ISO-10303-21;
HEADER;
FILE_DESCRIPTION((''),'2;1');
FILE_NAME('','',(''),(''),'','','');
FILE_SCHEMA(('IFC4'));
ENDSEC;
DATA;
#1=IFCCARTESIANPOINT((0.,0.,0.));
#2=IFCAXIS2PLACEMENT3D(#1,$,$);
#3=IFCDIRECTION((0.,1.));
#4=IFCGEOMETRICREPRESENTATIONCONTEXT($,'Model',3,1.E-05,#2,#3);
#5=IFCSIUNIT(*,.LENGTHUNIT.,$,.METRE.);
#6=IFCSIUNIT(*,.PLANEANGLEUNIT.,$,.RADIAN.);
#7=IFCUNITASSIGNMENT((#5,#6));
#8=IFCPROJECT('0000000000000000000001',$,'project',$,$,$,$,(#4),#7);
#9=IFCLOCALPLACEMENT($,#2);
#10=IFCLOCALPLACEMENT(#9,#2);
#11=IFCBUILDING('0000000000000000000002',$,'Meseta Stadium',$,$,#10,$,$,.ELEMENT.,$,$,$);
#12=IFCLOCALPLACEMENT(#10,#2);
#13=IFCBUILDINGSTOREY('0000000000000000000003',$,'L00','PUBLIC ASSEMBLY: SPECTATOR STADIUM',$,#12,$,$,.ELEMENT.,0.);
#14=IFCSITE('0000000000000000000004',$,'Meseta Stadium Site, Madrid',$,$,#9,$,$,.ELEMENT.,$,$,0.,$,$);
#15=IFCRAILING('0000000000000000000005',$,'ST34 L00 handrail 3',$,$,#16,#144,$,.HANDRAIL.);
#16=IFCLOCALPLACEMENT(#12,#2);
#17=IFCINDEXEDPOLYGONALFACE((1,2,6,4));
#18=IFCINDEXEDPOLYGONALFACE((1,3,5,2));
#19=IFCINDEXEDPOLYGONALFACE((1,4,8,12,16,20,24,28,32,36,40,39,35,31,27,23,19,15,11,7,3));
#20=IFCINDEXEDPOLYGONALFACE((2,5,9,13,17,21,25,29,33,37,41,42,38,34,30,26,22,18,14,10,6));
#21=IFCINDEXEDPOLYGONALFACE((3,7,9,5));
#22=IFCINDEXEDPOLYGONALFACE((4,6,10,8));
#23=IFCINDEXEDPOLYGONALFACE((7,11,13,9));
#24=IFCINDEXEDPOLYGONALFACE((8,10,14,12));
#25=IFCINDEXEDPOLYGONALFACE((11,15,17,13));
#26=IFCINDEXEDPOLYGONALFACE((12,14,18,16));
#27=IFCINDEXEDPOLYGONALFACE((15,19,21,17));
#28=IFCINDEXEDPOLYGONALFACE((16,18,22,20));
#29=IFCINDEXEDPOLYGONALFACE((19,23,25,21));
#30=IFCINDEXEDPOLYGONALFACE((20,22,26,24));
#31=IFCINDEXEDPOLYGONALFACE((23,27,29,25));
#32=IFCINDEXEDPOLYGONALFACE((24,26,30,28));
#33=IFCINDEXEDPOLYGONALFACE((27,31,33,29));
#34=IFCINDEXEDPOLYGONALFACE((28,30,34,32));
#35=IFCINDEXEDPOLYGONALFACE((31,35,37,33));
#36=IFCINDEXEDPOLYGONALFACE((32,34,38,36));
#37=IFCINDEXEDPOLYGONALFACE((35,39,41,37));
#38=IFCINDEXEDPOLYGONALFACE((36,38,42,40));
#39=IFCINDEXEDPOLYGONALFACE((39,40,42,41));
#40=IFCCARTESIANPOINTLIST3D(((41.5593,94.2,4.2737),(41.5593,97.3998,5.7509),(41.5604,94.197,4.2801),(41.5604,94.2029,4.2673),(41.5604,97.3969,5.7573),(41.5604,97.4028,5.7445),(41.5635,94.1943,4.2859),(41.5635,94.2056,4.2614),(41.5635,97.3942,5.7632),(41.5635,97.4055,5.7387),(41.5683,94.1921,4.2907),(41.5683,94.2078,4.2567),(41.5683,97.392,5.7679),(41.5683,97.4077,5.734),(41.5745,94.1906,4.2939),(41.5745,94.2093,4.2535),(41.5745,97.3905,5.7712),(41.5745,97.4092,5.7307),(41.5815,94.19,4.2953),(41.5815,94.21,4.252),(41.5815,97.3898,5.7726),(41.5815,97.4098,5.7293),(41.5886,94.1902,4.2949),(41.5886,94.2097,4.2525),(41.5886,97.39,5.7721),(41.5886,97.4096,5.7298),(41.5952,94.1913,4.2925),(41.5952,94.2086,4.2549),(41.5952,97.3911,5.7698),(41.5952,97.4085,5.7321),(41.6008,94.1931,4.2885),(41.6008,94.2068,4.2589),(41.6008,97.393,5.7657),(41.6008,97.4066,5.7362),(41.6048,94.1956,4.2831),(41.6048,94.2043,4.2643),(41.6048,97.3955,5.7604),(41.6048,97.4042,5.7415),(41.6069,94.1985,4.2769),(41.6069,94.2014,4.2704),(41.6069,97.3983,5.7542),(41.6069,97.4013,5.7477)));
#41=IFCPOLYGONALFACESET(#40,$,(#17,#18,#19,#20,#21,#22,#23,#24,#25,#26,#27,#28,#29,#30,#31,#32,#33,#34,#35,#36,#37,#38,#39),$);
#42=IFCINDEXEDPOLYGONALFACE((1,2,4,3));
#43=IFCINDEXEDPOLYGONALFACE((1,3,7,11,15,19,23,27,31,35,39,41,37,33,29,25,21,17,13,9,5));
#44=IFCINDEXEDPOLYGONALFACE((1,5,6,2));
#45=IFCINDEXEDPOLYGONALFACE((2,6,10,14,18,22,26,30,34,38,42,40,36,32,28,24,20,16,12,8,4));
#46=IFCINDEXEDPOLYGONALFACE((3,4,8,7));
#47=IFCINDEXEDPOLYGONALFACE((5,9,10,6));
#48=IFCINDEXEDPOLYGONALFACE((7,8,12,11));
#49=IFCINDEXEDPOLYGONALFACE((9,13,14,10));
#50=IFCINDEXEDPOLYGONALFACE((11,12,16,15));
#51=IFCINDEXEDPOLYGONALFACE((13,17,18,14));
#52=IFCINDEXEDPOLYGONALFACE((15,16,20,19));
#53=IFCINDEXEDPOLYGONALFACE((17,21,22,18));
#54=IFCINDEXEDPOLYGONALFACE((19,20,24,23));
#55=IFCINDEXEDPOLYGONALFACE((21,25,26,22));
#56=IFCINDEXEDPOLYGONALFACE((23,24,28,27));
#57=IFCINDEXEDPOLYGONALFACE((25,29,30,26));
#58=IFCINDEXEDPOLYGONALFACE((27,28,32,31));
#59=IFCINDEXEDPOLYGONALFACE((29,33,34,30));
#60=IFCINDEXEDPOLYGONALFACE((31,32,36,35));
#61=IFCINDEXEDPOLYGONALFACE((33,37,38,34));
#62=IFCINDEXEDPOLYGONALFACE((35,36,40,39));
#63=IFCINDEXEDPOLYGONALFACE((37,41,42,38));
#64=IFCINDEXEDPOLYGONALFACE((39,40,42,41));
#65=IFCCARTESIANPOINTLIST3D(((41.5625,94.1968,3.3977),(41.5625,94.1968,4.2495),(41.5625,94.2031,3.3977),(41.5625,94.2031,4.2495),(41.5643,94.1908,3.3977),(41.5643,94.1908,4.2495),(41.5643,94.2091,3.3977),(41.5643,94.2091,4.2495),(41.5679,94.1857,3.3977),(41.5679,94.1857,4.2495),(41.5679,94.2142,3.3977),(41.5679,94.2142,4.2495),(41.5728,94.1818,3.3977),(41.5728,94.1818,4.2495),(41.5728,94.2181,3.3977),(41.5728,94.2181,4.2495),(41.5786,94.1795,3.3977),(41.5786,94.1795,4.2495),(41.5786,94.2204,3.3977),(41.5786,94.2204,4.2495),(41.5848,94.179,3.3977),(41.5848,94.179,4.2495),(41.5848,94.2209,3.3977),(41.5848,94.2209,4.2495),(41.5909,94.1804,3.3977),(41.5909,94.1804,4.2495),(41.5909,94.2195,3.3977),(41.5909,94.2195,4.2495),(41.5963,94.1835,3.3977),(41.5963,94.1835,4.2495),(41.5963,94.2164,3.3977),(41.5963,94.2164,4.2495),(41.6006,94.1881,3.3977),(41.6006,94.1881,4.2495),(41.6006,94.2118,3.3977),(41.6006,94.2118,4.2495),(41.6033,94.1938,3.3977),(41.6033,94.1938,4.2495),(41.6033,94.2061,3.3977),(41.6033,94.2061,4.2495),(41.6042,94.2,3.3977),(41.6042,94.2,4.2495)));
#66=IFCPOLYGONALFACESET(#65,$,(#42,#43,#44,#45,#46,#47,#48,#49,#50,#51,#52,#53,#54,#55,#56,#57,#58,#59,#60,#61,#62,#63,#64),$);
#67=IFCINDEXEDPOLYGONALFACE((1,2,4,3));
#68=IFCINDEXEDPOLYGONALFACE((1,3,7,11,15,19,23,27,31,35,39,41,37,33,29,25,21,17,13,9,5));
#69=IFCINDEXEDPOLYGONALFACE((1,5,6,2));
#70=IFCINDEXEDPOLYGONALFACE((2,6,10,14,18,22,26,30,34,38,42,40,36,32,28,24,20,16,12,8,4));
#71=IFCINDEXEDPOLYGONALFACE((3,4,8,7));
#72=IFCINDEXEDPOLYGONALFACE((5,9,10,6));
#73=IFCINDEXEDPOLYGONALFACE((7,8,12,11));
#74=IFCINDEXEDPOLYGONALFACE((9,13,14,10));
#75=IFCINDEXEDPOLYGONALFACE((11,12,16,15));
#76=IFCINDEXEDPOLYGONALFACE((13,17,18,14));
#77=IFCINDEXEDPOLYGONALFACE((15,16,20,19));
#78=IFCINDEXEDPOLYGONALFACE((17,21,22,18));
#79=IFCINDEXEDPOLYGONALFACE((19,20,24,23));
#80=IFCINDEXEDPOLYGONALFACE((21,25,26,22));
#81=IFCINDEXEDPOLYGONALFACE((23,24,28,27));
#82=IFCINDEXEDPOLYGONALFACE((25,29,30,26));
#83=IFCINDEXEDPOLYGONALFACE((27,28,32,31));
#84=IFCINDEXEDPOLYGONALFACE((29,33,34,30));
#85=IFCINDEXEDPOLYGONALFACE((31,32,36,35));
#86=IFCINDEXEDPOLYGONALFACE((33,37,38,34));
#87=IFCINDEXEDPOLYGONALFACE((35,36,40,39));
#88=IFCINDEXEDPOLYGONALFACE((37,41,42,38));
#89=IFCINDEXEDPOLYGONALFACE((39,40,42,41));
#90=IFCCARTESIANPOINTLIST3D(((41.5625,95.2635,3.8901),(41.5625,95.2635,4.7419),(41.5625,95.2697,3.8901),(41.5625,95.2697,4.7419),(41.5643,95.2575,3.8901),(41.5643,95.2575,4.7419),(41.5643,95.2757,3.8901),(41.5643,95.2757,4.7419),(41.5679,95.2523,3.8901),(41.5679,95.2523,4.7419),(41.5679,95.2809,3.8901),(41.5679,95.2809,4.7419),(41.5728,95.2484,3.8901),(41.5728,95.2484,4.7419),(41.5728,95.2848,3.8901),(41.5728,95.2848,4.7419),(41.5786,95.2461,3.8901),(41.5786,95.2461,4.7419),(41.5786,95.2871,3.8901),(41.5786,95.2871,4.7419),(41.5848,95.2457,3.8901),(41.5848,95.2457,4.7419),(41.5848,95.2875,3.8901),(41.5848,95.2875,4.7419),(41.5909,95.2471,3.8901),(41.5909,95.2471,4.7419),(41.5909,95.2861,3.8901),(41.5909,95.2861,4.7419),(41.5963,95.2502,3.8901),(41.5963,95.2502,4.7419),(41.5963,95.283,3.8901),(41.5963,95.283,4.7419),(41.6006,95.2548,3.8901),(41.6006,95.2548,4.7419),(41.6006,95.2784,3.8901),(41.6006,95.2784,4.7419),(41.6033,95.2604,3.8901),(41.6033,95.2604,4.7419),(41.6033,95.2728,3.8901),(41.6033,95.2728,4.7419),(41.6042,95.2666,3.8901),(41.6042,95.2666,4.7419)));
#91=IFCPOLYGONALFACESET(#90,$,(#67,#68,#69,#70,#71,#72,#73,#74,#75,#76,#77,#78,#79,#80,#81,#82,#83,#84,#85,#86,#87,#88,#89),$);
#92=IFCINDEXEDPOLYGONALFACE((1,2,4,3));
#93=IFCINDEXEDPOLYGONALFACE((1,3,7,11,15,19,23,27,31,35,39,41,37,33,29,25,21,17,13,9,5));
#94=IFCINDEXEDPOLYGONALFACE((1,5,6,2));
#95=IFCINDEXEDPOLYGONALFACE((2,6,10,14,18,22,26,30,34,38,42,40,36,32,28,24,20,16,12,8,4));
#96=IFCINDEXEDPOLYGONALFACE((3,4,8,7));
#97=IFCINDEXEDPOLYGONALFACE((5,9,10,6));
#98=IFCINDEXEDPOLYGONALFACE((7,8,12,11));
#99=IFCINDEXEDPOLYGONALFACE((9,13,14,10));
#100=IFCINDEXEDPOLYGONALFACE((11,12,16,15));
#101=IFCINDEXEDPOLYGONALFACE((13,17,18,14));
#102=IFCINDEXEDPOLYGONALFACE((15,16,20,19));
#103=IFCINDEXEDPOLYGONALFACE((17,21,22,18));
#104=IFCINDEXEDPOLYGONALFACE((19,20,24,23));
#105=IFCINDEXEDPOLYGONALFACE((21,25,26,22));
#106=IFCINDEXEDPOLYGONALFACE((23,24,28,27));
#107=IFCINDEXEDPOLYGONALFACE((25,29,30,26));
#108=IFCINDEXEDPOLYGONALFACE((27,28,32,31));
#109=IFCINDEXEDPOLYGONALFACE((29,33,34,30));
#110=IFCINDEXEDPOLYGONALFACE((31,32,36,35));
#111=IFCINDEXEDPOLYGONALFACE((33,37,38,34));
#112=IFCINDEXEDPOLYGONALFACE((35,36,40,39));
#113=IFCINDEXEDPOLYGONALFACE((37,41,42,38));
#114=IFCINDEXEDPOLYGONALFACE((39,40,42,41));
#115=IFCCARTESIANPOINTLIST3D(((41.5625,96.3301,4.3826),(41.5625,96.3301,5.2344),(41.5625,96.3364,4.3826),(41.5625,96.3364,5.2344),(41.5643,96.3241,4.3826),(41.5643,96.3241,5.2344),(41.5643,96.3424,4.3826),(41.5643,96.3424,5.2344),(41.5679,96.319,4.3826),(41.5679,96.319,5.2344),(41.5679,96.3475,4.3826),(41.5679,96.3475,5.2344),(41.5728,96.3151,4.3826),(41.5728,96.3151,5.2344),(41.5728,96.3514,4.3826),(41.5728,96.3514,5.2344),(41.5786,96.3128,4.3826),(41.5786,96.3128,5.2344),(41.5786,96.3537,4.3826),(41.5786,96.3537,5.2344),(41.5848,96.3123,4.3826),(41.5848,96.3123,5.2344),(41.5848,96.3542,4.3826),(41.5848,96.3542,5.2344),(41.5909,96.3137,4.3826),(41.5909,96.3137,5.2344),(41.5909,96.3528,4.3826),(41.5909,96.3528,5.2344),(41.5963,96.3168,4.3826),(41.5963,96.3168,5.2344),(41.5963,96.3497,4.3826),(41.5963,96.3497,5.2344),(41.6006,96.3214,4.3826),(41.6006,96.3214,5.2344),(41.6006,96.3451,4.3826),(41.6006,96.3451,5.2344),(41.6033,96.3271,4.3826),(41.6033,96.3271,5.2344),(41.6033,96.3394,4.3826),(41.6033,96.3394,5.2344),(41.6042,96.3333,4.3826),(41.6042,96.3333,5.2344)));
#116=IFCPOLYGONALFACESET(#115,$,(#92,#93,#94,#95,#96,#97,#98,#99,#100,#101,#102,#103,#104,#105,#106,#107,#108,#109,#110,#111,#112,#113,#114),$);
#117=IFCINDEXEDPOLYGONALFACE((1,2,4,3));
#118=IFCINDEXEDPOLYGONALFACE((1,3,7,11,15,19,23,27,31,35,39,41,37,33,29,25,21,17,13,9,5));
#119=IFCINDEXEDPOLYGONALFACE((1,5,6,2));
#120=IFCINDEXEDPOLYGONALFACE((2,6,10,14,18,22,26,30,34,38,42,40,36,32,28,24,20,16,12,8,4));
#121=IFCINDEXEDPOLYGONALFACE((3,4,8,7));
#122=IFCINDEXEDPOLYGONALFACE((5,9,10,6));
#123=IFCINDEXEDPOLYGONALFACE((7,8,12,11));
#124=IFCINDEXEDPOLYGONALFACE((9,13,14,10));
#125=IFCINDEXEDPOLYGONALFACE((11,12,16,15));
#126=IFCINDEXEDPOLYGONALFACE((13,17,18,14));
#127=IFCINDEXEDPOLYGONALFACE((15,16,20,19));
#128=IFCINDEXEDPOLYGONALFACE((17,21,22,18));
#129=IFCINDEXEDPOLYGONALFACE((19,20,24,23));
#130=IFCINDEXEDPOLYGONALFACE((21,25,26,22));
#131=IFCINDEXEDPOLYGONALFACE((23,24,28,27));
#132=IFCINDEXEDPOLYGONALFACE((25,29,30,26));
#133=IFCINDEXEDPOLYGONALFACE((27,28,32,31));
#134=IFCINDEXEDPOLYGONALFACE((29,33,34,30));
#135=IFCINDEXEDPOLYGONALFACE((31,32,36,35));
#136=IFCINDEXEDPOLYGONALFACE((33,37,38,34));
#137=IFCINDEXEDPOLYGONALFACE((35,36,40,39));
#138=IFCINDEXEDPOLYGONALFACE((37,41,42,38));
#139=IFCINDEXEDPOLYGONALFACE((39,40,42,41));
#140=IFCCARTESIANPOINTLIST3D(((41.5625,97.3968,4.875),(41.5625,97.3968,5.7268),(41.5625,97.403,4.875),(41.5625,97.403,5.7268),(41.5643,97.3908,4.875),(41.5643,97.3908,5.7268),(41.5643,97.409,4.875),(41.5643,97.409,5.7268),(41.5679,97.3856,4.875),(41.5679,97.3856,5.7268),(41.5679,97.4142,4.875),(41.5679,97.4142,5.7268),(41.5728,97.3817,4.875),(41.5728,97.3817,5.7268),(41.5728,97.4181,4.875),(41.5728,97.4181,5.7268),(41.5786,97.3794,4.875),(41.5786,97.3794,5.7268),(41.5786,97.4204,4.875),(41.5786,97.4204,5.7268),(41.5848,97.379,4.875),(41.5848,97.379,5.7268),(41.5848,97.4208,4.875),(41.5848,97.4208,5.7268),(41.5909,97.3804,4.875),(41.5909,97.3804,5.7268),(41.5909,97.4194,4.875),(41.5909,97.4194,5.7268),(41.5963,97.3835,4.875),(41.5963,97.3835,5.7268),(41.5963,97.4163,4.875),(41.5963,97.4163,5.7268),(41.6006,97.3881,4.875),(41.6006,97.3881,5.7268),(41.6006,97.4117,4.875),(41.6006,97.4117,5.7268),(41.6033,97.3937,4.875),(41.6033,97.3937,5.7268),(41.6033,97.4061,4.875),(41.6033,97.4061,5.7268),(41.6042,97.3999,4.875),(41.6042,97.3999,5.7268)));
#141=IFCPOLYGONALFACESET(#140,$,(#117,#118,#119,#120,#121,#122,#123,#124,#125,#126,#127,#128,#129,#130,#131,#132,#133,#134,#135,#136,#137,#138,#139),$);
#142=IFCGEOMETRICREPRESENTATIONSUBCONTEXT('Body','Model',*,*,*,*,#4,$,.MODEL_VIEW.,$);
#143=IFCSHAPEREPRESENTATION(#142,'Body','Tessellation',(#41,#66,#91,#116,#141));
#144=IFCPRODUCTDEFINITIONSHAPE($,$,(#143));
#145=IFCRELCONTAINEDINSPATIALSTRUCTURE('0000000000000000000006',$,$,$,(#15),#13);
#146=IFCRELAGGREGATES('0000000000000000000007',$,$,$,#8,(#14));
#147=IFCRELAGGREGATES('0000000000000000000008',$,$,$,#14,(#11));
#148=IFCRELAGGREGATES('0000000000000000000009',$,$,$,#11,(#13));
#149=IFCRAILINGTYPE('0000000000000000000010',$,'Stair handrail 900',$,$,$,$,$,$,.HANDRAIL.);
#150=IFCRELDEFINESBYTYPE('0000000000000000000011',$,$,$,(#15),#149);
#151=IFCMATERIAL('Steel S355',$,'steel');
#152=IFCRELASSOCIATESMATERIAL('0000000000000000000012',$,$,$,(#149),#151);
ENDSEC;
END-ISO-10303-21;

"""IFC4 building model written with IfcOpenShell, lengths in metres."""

from ifc_helpers import new_model, si_unit, direction, frame, origin, origin_2d, place, context, subcontext, project, spatial, circle, extrude, material, type_object, element, save


model = new_model("IFC4")

# Units and contexts
model_context = context("Model", 3, precision=1e-05, world=origin(), true_north=direction((0.0, 1.0)))
body_context = subcontext(model_context, "Body", "Model", "MODEL_VIEW")
ifc_project = project(units=[si_unit("LENGTHUNIT", "METRE"), si_unit("PLANEANGLEUNIT", "RADIAN")], contexts=[model_context])

# Site, building, storey
site_placement = place(None, origin())
site = spatial("IfcSite", under=ifc_project, at=site_placement, Name="Meseta Stadium Site, Madrid", CompositionType="ELEMENT", RefElevation=0.0)
building_placement = place(site_placement, origin())
building = spatial("IfcBuilding", under=site, at=building_placement, Name="Meseta Stadium", CompositionType="ELEMENT")
storey_placement = place(building_placement, origin())
storey = spatial("IfcBuildingStorey", under=building, at=storey_placement, Name="L00", Description="PUBLIC ASSEMBLY: SPECTATOR STADIUM", CompositionType="ELEMENT", Elevation=0.0)

# Railing
ifc_material_1 = material(Name="Steel S355", Category="steel")
railing_type_1 = type_object("IfcRailingType", Name="Stair handrail 900", PredefinedType="HANDRAIL", material=ifc_material_1)
for number, where, name in (
    (1, (41.5833, 94.2, 3.3977), "ST34 L00 handrail 3"),
):
    element("IfcRailing", number, at=place(storey_placement, frame(where)), inside=storey, type_object=railing_type_1, Name=name, PredefinedType="HANDRAIL", context=body_context, shape_type="SweptSolid", body=[
        extrude(circle(Radius=0.0239, at=origin_2d()), frame((0.0, 0.0, 0.876), z_axis=(0.0, 0.907917, 0.41915), x_axis=(-1.0, 0.0, 0.0)), (0.0, 0.0, 1.0), 3.5244),
        extrude(circle(Radius=0.021, at=origin_2d()), origin(), (0.0, 0.0, 1.0), 0.8518),
        extrude(circle(Radius=0.021, at=origin_2d()), frame((0.0, 1.0667, 0.4924)), (0.0, 0.0, 1.0), 0.8518),
        extrude(circle(Radius=0.021, at=origin_2d()), frame((0.0, 2.1333, 0.9849)), (0.0, 0.0, 1.0), 0.8518),
        extrude(circle(Radius=0.021, at=origin_2d()), frame((0.0, 3.2, 1.4773)), (0.0, 0.0, 1.0), 0.8518),
    ])

save(model, "model.ifc")
